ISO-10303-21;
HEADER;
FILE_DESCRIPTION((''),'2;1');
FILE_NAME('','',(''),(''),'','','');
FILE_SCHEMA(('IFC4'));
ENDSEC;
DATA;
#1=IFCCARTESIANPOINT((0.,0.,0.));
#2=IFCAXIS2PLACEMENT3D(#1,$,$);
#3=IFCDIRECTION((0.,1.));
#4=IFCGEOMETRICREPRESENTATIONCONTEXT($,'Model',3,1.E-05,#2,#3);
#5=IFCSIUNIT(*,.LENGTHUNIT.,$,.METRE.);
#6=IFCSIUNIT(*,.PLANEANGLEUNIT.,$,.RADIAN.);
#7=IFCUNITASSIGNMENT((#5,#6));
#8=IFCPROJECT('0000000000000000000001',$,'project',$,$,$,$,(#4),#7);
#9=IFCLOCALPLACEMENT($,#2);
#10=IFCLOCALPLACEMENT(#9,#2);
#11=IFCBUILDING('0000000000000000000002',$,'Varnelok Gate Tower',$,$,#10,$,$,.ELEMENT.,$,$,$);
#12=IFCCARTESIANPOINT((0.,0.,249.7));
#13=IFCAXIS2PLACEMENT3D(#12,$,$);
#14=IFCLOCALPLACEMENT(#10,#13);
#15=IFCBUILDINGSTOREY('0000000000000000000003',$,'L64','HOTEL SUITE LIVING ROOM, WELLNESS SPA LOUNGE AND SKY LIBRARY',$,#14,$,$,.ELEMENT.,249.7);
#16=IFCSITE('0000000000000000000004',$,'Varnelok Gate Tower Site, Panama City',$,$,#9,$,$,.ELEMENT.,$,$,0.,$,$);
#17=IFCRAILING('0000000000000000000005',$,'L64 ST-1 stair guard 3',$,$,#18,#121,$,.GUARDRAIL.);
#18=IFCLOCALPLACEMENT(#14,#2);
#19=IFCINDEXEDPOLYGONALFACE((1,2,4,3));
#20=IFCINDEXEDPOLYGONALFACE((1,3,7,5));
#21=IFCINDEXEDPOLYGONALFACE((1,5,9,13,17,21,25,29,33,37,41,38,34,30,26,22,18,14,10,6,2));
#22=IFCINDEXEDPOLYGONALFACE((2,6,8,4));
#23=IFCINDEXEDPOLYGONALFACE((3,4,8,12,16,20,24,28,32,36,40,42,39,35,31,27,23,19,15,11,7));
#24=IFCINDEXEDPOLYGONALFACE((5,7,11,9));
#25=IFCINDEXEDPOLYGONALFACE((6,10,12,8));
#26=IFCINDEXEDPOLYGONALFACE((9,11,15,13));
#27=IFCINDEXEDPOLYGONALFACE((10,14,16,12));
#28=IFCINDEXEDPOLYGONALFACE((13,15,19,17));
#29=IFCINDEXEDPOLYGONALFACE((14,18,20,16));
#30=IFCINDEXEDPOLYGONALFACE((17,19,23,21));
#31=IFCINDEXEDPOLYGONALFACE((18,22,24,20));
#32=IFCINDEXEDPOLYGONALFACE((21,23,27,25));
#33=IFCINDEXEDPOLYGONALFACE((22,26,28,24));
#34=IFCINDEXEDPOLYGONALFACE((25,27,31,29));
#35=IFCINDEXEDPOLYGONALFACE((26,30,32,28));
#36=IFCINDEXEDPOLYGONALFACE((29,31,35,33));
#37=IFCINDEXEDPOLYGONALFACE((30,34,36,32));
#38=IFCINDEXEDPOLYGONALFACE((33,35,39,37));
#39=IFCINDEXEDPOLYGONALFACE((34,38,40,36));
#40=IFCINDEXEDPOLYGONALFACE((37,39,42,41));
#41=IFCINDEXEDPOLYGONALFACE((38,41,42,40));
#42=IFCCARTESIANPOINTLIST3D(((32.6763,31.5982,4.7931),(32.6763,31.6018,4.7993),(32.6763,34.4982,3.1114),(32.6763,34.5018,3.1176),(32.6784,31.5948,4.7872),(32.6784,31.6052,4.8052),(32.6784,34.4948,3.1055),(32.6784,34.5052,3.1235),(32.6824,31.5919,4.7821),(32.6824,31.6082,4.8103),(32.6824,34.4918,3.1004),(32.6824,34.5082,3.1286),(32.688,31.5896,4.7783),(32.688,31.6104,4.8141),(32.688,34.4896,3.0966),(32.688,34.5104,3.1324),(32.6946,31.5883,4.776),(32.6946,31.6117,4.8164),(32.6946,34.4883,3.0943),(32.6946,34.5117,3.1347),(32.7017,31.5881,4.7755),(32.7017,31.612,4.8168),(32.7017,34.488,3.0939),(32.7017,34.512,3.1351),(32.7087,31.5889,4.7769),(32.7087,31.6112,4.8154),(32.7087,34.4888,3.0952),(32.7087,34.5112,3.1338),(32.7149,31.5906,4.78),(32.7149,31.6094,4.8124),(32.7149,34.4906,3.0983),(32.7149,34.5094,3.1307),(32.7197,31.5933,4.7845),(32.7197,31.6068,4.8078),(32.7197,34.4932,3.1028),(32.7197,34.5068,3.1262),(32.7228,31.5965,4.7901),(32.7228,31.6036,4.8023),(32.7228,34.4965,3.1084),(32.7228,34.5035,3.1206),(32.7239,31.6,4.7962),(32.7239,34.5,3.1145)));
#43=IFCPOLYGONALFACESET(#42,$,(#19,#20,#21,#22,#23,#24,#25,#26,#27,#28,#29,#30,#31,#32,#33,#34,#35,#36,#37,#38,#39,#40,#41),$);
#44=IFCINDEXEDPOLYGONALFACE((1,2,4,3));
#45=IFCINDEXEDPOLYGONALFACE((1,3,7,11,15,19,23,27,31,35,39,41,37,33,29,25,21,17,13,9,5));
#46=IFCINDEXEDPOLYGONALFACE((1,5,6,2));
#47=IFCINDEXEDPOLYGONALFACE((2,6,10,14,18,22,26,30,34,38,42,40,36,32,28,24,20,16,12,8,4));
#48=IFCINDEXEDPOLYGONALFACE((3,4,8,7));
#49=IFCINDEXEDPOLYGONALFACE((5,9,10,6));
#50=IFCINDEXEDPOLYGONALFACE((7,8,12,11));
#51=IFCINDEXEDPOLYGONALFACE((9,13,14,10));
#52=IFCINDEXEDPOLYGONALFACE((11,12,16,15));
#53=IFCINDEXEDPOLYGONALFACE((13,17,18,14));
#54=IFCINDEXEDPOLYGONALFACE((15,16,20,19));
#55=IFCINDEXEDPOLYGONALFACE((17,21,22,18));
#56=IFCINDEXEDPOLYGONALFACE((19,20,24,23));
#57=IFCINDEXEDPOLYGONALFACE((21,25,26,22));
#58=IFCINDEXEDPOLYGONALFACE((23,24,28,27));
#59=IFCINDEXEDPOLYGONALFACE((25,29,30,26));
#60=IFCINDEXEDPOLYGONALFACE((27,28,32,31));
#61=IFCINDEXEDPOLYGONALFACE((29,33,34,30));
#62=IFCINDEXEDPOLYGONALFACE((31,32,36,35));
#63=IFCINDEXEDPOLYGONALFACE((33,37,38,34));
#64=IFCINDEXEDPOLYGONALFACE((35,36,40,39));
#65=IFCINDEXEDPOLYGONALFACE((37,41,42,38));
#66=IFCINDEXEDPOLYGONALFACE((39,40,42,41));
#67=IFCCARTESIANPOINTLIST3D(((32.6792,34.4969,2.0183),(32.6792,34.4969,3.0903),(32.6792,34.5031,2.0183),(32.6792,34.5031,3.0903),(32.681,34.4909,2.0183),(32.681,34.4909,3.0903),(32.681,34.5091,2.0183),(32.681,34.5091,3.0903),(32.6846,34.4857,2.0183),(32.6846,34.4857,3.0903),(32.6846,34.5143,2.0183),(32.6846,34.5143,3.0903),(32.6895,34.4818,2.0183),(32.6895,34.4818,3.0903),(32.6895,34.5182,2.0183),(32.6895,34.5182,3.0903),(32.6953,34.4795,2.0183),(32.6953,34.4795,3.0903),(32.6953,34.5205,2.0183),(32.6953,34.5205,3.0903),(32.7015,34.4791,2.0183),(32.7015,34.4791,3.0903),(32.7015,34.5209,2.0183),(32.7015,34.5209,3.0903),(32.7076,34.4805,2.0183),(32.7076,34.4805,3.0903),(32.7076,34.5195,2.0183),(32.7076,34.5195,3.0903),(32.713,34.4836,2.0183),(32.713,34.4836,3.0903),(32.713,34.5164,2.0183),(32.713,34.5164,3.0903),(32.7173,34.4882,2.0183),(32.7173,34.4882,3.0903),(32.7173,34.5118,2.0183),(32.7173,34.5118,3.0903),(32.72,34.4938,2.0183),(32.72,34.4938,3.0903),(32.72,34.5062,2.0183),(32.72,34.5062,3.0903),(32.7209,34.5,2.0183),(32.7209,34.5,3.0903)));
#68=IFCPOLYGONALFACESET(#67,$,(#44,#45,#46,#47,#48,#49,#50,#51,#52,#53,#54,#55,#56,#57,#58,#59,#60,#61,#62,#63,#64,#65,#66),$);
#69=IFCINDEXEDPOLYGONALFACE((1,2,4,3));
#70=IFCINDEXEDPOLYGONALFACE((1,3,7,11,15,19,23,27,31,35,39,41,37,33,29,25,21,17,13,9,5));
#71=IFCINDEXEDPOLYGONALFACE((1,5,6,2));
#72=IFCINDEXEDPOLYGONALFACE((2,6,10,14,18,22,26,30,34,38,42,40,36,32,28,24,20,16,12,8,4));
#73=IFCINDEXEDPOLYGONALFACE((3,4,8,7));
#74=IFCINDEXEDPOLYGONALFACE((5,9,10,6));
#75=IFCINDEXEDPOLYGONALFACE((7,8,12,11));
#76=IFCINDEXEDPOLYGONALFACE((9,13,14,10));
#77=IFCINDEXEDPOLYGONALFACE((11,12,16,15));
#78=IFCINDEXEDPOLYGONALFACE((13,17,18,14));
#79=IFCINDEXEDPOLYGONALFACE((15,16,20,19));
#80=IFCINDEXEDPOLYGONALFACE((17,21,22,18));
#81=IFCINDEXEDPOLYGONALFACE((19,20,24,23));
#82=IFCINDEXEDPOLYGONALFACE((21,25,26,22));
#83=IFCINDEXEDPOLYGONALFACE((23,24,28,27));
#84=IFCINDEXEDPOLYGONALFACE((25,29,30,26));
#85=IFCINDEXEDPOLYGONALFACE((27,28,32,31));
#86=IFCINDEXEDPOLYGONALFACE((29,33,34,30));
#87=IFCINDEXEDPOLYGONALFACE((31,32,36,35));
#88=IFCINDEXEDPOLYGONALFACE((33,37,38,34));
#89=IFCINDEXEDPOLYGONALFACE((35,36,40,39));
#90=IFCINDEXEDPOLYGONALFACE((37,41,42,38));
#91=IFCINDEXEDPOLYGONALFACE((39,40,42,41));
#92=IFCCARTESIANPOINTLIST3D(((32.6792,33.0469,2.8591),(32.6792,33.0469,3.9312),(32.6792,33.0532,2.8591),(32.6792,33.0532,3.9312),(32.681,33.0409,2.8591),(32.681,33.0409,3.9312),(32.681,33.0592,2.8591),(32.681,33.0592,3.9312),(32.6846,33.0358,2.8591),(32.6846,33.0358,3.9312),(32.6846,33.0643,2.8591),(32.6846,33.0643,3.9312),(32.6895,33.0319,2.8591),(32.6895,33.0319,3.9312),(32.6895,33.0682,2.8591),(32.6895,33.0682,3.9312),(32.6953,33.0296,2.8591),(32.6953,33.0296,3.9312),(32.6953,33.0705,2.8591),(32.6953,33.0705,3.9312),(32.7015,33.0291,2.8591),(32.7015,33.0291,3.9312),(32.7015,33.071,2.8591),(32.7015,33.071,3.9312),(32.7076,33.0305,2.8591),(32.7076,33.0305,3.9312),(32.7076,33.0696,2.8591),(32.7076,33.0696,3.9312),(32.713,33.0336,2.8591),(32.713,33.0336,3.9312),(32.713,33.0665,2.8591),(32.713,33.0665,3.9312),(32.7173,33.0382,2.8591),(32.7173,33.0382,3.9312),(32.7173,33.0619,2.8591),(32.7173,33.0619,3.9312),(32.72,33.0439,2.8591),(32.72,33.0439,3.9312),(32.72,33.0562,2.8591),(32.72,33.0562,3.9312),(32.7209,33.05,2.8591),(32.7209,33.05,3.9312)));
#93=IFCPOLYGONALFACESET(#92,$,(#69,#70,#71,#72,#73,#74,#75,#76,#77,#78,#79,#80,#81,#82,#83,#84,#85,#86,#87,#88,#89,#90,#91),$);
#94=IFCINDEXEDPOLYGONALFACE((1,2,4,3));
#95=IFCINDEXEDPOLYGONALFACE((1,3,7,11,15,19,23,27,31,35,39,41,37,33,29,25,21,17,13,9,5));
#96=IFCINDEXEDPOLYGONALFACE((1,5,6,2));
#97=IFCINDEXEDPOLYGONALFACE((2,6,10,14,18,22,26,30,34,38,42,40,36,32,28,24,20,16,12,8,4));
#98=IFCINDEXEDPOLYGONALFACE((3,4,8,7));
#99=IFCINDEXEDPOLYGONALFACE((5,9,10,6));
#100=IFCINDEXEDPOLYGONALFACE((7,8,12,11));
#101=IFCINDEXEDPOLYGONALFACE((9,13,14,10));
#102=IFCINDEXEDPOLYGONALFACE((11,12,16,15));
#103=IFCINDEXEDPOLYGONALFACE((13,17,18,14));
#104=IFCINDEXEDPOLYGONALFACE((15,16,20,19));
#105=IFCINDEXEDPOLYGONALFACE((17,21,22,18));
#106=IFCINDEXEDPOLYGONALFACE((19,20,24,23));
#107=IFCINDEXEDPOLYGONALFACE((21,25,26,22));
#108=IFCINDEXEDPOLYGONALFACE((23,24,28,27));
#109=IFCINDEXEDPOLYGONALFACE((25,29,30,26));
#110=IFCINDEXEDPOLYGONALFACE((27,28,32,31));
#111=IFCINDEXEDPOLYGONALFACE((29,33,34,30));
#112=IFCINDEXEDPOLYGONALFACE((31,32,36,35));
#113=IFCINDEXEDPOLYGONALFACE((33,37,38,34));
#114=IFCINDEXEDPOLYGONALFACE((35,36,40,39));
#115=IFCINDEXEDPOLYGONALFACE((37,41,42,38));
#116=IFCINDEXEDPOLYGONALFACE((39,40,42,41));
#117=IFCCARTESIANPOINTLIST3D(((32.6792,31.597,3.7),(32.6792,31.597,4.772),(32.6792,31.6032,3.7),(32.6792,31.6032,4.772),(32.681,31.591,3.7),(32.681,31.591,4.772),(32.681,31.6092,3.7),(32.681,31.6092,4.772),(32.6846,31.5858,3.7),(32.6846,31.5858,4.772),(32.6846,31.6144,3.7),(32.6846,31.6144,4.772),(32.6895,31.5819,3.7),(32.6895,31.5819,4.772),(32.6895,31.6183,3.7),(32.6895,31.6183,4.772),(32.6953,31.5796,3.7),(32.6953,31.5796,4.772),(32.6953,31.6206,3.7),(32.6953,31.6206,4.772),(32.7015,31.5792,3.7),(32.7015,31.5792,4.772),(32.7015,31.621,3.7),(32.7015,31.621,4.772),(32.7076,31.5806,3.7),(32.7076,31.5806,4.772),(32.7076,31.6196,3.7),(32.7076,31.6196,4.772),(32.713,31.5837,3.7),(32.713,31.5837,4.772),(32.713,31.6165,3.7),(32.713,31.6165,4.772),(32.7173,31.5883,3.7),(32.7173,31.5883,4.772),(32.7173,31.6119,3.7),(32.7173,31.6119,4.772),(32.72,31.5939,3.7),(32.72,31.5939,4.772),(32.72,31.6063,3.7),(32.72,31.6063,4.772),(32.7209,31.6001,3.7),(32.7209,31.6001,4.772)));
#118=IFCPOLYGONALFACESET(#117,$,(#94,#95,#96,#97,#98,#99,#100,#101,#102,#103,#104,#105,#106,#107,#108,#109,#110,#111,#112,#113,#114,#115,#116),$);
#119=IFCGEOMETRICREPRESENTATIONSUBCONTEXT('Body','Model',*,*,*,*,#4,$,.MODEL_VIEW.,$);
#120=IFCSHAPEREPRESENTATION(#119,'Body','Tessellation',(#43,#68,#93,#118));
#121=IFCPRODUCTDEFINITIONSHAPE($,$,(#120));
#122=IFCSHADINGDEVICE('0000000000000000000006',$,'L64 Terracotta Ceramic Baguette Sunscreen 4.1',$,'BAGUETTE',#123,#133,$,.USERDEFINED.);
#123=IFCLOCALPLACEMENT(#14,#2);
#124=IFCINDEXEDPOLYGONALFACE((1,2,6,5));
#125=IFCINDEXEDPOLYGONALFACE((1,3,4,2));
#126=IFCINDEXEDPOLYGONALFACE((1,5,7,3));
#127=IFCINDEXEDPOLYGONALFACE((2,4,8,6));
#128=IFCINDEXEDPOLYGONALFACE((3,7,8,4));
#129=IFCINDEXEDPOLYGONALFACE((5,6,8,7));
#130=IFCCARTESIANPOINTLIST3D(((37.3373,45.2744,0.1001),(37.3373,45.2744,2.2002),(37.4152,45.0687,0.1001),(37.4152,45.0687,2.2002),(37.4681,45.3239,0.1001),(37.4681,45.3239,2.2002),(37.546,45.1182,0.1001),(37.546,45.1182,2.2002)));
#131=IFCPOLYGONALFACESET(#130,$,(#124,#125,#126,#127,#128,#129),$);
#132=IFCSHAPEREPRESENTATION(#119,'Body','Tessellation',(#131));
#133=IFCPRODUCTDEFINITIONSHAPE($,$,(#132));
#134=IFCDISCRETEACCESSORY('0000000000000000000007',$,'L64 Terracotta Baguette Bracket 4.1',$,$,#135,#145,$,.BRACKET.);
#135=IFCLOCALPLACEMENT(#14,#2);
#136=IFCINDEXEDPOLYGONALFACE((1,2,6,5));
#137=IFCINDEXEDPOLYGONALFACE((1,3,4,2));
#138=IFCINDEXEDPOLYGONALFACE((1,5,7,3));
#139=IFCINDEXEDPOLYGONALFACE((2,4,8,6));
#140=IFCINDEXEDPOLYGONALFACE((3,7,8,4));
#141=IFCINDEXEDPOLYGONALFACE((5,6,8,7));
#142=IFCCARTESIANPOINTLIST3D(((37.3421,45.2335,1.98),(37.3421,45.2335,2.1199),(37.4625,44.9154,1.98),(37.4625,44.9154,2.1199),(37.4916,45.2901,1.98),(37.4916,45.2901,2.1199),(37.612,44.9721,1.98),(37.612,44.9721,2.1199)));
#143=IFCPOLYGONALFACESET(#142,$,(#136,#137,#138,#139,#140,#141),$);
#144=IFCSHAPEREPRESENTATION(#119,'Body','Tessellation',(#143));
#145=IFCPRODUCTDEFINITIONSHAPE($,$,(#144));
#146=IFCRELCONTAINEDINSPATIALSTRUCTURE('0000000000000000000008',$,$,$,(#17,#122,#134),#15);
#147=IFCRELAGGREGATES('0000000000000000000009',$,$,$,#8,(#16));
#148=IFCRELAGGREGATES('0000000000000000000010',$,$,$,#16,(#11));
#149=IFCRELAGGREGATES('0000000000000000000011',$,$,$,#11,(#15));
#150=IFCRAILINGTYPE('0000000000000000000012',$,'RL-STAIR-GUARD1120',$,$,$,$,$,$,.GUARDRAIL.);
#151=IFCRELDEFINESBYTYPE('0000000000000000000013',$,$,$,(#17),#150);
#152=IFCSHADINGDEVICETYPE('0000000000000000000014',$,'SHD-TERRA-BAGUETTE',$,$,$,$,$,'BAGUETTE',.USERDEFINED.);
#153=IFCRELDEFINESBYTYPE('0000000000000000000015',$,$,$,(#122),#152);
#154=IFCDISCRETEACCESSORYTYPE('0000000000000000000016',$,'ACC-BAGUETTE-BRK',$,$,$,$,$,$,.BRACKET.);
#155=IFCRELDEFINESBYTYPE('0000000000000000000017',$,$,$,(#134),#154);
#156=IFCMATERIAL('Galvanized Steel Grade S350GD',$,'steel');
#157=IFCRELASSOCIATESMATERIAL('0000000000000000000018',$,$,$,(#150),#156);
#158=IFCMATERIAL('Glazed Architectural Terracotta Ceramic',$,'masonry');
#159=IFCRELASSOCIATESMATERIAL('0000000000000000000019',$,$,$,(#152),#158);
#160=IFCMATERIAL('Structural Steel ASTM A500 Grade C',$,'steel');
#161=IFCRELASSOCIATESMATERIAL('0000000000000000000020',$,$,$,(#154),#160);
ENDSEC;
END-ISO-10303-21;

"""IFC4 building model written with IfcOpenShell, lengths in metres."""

from ifc_helpers import new_model, si_unit, direction, frame, origin, origin_2d, place, context, subcontext, project, spatial, rectangle, circle, extrude, source, transform, mapped, material, type_object, element, save


model = new_model("IFC4")

# Units and contexts
model_context = context("Model", 3, precision=1e-05, world=origin(), true_north=direction((0.0, 1.0)))
body_context = subcontext(model_context, "Body", "Model", "MODEL_VIEW")
ifc_project = project(units=[si_unit("LENGTHUNIT", "METRE"), si_unit("PLANEANGLEUNIT", "RADIAN")], contexts=[model_context])

# Site, building, storey
site_placement = place(None, origin())
site = spatial("IfcSite", under=ifc_project, at=site_placement, Name="Varnelok Gate Tower Site, Panama City", CompositionType="ELEMENT", RefElevation=0.0)
building_placement = place(site_placement, origin())
building = spatial("IfcBuilding", under=site, at=building_placement, Name="Varnelok Gate Tower", CompositionType="ELEMENT")
storey_placement = place(building_placement, frame((0.0, 0.0, 249.7)))
storey = spatial("IfcBuildingStorey", under=building, at=storey_placement, Name="L64", Description="HOTEL SUITE LIVING ROOM, WELLNESS SPA LOUNGE AND SKY LIBRARY", CompositionType="ELEMENT", Elevation=249.7)

# Shared definitions
ifc_material_1 = material(Name="Galvanized Steel Grade S350GD", Category="steel")

# Railing
railing_type_1 = type_object("IfcRailingType", Name="RL-STAIR-GUARD1120", PredefinedType="GUARDRAIL", material=ifc_material_1)
railing_1_placement = place(storey_placement, frame((32.7, 34.5, 2.0183)))
element("IfcRailing", 1, at=railing_1_placement, inside=storey, type_object=railing_type_1, Name="L64 ST-1 stair guard 3", PredefinedType="GUARDRAIL", context=body_context, shape_type="SweptSolid", body=[
    extrude(circle(Radius=0.0239, at=origin_2d()), frame((0.0, 0.0, 1.0962), z_axis=(0.0, -0.86507, 0.501651), x_axis=(1.0, 0.0, 0.0)), (0.0, 0.0, 1.0), 3.3523),
    extrude(circle(Radius=0.021, at=origin_2d()), origin(), (0.0, 0.0, 1.0), 1.072),
    extrude(circle(Radius=0.021, at=origin_2d()), frame((0.0, -1.45, 0.8408)), (0.0, 0.0, 1.0), 1.072),
    extrude(circle(Radius=0.021, at=origin_2d()), frame((0.0, -2.8999, 1.6816)), (0.0, 0.0, 1.0), 1.072),
])

# Shading device
ifc_material_2 = material(Name="Glazed Architectural Terracotta Ceramic", Category="masonry")
shading_device_type = type_object("IfcShadingDeviceType", Name="SHD-TERRA-BAGUETTE", ElementType="BAGUETTE", PredefinedType="USERDEFINED", material=ifc_material_2)
shared_shape_1 = source(origin(), body_context, "Body", "SweptSolid", [
    extrude(rectangle(XDim=0.1399, YDim=0.22, at=origin_2d()), origin(), (0.0, 0.0, 1.0), 2.1001),
])
shading_device_placement = place(storey_placement, frame((37.4417, 45.1963, 0.1001), z_axis=(0.0, 0.0, 1.0), x_axis=(0.935222, 0.354063, 0.0)))
element("IfcShadingDevice", 2, at=shading_device_placement, inside=storey, type_object=shading_device_type, Name="L64 Terracotta Ceramic Baguette Sunscreen 4.1", ObjectType="BAGUETTE", PredefinedType="USERDEFINED", context=body_context, shape_type="MappedRepresentation", body=[
    mapped(shared_shape_1, transform((0.0, 0.0, 0.0), scale=1.0)),
])

# Discrete accessory
ifc_material_3 = material(Name="Structural Steel ASTM A500 Grade C", Category="steel")
discrete_accessory_type = type_object("IfcDiscreteAccessoryType", Name="ACC-BAGUETTE-BRK", PredefinedType="BRACKET", material=ifc_material_3)
shared_shape_2 = source(origin(), body_context, "Body", "SweptSolid", [
    extrude(rectangle(XDim=0.1599, YDim=0.3401, at=origin_2d()), origin(), (0.0, 0.0, 1.0), 0.1399),
])
discrete_accessory_placement = place(storey_placement, frame((37.4771, 45.1028, 1.98), z_axis=(0.0, 0.0, 1.0), x_axis=(0.935222, 0.354063, 0.0)))
element("IfcDiscreteAccessory", 3, at=discrete_accessory_placement, inside=storey, type_object=discrete_accessory_type, Name="L64 Terracotta Baguette Bracket 4.1", PredefinedType="BRACKET", context=body_context, shape_type="MappedRepresentation", body=[
    mapped(shared_shape_2, transform((0.0, 0.0, 0.0), scale=1.0)),
])

save(model, "model.ifc")
